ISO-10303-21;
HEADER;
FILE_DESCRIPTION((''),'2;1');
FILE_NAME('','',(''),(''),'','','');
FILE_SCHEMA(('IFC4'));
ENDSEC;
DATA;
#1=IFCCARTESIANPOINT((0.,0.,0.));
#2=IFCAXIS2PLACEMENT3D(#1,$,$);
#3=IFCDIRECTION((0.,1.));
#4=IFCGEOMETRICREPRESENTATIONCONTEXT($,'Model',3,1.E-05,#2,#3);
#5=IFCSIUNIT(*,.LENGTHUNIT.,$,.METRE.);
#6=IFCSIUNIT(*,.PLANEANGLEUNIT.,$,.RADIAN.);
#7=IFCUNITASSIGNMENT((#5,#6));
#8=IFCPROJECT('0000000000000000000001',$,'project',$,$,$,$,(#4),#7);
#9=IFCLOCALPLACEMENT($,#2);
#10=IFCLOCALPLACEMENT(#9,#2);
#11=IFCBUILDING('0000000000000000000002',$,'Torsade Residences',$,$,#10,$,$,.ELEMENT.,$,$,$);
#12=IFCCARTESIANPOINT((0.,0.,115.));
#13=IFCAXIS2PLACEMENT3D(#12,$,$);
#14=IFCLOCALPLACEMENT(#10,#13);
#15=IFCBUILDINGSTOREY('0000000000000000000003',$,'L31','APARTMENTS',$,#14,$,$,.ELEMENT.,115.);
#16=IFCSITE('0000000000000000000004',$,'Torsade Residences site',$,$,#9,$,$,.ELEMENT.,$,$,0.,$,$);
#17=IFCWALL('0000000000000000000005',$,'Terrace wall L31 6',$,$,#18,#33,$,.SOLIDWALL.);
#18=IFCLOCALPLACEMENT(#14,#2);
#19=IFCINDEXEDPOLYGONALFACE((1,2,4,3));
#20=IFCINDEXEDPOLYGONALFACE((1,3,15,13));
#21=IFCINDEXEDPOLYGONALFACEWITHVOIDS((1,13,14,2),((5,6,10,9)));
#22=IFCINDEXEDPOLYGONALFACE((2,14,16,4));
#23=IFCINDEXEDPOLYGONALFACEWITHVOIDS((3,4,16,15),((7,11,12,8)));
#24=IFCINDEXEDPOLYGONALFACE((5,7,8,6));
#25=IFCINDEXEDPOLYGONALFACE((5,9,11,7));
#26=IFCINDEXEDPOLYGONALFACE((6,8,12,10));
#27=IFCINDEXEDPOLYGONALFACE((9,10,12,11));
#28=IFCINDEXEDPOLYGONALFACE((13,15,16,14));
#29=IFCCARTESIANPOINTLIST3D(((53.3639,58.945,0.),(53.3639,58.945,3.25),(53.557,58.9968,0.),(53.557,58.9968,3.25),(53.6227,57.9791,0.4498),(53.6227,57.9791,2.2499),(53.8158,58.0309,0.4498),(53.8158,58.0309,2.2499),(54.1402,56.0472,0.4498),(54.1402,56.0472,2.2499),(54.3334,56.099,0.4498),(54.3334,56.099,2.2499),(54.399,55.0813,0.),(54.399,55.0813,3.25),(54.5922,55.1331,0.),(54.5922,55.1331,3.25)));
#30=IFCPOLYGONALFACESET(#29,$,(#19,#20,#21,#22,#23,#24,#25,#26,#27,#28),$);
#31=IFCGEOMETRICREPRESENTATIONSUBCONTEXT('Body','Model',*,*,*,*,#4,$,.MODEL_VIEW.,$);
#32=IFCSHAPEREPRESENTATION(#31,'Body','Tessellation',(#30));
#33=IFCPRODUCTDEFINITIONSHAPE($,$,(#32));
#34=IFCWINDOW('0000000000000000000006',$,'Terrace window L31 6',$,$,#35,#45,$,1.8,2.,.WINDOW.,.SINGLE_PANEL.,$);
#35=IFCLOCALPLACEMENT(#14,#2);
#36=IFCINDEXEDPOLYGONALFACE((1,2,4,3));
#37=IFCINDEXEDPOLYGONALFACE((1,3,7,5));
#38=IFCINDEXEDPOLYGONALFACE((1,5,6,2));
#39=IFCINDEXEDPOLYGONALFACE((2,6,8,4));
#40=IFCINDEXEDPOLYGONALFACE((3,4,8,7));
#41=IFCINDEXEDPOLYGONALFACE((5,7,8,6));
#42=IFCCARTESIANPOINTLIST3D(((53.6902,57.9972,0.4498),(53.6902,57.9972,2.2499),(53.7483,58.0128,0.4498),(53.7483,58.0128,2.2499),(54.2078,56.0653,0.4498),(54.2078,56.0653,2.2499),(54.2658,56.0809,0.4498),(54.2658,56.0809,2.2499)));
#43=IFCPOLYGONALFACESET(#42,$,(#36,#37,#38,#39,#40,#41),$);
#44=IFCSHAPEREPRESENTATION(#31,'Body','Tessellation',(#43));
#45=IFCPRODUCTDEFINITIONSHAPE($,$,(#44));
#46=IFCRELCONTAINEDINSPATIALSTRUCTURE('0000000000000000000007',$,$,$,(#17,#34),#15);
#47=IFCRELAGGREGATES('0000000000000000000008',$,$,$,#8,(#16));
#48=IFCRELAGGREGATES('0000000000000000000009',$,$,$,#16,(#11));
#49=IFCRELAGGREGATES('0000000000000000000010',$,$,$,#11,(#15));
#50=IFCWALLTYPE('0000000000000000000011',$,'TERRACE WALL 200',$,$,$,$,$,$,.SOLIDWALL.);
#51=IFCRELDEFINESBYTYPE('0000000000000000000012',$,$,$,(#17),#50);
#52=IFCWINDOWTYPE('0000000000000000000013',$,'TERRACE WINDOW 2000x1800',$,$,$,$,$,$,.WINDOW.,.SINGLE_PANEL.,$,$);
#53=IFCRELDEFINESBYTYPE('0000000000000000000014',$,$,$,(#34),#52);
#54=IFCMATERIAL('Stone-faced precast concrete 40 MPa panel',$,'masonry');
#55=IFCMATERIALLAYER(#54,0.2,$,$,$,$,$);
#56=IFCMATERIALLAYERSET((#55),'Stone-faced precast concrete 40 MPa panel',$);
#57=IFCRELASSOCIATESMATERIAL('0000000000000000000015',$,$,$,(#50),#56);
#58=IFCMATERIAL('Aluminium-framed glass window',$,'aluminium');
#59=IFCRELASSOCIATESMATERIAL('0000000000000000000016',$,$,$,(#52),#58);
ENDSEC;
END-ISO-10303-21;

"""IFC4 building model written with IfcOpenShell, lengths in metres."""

from ifc_helpers import new_model, si_unit, direction, frame, frame_2d, origin, place, context, subcontext, project, spatial, rectangle, extrude, material, layer, layer_set, type_object, element, fill, save


model = new_model("IFC4")

# Units and contexts
model_context = context("Model", 3, precision=1e-05, world=origin(), true_north=direction((0.0, 1.0)))
body_context = subcontext(model_context, "Body", "Model", "MODEL_VIEW")
ifc_project = project(units=[si_unit("LENGTHUNIT", "METRE"), si_unit("PLANEANGLEUNIT", "RADIAN")], contexts=[model_context])

# Site, building, storey
site_placement = place(None, origin())
site = spatial("IfcSite", under=ifc_project, at=site_placement, Name="Torsade Residences site", CompositionType="ELEMENT", RefElevation=0.0)
building_placement = place(site_placement, origin())
building = spatial("IfcBuilding", under=site, at=building_placement, Name="Torsade Residences", CompositionType="ELEMENT")
storey_placement = place(building_placement, frame((0.0, 0.0, 115.0)))
storey = spatial("IfcBuildingStorey", under=building, at=storey_placement, Name="L31", Description="APARTMENTS", CompositionType="ELEMENT", Elevation=115.0)

# Shared definitions
ifc_material_1 = material(Name="Stone-faced precast concrete 40 MPa panel", Category="masonry")
ifc_layer_1 = layer(ifc_material_1, 0.2)
ifc_layer_set_1 = layer_set([ifc_layer_1], Name="Stone-faced precast concrete 40 MPa panel")
wall_type_1 = type_object("IfcWallType", Name="TERRACE WALL 200", PredefinedType="SOLIDWALL", material=ifc_layer_set_1)

# Wall, opening, window
wall_1_placement = place(storey_placement, frame((54.4956, 55.1072, 0.0), z_axis=(0.0, 0.0, 1.0), x_axis=(-0.258787, 0.965934, 0.0)))
wall_1 = element("IfcWall", 1, at=wall_1_placement, inside=storey, type_object=wall_type_1, Name="Terrace wall L31 6", PredefinedType="SOLIDWALL", context=body_context, shape_type="SweptSolid", body=[
    extrude(rectangle(XDim=4.0, YDim=0.2, at=frame_2d((2.0, 0.0))), origin(), (0.0, 0.0, 1.0), 3.25),
])
opening_1_placement = place(wall_1_placement, frame((1.0, 0.0, 0.45)))
opening_1 = element("IfcOpeningElement", 2, at=opening_1_placement, cuts=wall_1, PredefinedType="OPENING", context=body_context, shape_type="SweptSolid", body=[
    extrude(rectangle(XDim=2.0, YDim=1.8, at=frame_2d((1.0, 0.8999))), frame((0.0, 0.1099, 0.0), z_axis=(0.0, -1.0, 0.0), x_axis=(1.0, 0.0, 0.0)), (0.0, 0.0, 1.0), 0.22),
])
ifc_material_2 = material(Name="Aluminium-framed glass window", Category="aluminium")
window_type = type_object("IfcWindowType", Name="TERRACE WINDOW 2000x1800", PartitioningType="SINGLE_PANEL", PredefinedType="WINDOW", material=ifc_material_2)
window_placement = place(opening_1_placement, origin())
window = element("IfcWindow", 3, at=window_placement, inside=storey, type_object=window_type, Name="Terrace window L31 6", OverallHeight=1.8, OverallWidth=2.0, PartitioningType="SINGLE_PANEL", PredefinedType="WINDOW", context=body_context, shape_type="SweptSolid", body=[
    extrude(rectangle(XDim=2.0, YDim=1.8, at=frame_2d((1.0, 0.8999))), frame((0.0, 0.03, 0.0), z_axis=(0.0, -1.0, 0.0), x_axis=(1.0, 0.0, 0.0)), (0.0, 0.0, 1.0), 0.0601),
])
fill(opening_1, window)

save(model, "model.ifc")
